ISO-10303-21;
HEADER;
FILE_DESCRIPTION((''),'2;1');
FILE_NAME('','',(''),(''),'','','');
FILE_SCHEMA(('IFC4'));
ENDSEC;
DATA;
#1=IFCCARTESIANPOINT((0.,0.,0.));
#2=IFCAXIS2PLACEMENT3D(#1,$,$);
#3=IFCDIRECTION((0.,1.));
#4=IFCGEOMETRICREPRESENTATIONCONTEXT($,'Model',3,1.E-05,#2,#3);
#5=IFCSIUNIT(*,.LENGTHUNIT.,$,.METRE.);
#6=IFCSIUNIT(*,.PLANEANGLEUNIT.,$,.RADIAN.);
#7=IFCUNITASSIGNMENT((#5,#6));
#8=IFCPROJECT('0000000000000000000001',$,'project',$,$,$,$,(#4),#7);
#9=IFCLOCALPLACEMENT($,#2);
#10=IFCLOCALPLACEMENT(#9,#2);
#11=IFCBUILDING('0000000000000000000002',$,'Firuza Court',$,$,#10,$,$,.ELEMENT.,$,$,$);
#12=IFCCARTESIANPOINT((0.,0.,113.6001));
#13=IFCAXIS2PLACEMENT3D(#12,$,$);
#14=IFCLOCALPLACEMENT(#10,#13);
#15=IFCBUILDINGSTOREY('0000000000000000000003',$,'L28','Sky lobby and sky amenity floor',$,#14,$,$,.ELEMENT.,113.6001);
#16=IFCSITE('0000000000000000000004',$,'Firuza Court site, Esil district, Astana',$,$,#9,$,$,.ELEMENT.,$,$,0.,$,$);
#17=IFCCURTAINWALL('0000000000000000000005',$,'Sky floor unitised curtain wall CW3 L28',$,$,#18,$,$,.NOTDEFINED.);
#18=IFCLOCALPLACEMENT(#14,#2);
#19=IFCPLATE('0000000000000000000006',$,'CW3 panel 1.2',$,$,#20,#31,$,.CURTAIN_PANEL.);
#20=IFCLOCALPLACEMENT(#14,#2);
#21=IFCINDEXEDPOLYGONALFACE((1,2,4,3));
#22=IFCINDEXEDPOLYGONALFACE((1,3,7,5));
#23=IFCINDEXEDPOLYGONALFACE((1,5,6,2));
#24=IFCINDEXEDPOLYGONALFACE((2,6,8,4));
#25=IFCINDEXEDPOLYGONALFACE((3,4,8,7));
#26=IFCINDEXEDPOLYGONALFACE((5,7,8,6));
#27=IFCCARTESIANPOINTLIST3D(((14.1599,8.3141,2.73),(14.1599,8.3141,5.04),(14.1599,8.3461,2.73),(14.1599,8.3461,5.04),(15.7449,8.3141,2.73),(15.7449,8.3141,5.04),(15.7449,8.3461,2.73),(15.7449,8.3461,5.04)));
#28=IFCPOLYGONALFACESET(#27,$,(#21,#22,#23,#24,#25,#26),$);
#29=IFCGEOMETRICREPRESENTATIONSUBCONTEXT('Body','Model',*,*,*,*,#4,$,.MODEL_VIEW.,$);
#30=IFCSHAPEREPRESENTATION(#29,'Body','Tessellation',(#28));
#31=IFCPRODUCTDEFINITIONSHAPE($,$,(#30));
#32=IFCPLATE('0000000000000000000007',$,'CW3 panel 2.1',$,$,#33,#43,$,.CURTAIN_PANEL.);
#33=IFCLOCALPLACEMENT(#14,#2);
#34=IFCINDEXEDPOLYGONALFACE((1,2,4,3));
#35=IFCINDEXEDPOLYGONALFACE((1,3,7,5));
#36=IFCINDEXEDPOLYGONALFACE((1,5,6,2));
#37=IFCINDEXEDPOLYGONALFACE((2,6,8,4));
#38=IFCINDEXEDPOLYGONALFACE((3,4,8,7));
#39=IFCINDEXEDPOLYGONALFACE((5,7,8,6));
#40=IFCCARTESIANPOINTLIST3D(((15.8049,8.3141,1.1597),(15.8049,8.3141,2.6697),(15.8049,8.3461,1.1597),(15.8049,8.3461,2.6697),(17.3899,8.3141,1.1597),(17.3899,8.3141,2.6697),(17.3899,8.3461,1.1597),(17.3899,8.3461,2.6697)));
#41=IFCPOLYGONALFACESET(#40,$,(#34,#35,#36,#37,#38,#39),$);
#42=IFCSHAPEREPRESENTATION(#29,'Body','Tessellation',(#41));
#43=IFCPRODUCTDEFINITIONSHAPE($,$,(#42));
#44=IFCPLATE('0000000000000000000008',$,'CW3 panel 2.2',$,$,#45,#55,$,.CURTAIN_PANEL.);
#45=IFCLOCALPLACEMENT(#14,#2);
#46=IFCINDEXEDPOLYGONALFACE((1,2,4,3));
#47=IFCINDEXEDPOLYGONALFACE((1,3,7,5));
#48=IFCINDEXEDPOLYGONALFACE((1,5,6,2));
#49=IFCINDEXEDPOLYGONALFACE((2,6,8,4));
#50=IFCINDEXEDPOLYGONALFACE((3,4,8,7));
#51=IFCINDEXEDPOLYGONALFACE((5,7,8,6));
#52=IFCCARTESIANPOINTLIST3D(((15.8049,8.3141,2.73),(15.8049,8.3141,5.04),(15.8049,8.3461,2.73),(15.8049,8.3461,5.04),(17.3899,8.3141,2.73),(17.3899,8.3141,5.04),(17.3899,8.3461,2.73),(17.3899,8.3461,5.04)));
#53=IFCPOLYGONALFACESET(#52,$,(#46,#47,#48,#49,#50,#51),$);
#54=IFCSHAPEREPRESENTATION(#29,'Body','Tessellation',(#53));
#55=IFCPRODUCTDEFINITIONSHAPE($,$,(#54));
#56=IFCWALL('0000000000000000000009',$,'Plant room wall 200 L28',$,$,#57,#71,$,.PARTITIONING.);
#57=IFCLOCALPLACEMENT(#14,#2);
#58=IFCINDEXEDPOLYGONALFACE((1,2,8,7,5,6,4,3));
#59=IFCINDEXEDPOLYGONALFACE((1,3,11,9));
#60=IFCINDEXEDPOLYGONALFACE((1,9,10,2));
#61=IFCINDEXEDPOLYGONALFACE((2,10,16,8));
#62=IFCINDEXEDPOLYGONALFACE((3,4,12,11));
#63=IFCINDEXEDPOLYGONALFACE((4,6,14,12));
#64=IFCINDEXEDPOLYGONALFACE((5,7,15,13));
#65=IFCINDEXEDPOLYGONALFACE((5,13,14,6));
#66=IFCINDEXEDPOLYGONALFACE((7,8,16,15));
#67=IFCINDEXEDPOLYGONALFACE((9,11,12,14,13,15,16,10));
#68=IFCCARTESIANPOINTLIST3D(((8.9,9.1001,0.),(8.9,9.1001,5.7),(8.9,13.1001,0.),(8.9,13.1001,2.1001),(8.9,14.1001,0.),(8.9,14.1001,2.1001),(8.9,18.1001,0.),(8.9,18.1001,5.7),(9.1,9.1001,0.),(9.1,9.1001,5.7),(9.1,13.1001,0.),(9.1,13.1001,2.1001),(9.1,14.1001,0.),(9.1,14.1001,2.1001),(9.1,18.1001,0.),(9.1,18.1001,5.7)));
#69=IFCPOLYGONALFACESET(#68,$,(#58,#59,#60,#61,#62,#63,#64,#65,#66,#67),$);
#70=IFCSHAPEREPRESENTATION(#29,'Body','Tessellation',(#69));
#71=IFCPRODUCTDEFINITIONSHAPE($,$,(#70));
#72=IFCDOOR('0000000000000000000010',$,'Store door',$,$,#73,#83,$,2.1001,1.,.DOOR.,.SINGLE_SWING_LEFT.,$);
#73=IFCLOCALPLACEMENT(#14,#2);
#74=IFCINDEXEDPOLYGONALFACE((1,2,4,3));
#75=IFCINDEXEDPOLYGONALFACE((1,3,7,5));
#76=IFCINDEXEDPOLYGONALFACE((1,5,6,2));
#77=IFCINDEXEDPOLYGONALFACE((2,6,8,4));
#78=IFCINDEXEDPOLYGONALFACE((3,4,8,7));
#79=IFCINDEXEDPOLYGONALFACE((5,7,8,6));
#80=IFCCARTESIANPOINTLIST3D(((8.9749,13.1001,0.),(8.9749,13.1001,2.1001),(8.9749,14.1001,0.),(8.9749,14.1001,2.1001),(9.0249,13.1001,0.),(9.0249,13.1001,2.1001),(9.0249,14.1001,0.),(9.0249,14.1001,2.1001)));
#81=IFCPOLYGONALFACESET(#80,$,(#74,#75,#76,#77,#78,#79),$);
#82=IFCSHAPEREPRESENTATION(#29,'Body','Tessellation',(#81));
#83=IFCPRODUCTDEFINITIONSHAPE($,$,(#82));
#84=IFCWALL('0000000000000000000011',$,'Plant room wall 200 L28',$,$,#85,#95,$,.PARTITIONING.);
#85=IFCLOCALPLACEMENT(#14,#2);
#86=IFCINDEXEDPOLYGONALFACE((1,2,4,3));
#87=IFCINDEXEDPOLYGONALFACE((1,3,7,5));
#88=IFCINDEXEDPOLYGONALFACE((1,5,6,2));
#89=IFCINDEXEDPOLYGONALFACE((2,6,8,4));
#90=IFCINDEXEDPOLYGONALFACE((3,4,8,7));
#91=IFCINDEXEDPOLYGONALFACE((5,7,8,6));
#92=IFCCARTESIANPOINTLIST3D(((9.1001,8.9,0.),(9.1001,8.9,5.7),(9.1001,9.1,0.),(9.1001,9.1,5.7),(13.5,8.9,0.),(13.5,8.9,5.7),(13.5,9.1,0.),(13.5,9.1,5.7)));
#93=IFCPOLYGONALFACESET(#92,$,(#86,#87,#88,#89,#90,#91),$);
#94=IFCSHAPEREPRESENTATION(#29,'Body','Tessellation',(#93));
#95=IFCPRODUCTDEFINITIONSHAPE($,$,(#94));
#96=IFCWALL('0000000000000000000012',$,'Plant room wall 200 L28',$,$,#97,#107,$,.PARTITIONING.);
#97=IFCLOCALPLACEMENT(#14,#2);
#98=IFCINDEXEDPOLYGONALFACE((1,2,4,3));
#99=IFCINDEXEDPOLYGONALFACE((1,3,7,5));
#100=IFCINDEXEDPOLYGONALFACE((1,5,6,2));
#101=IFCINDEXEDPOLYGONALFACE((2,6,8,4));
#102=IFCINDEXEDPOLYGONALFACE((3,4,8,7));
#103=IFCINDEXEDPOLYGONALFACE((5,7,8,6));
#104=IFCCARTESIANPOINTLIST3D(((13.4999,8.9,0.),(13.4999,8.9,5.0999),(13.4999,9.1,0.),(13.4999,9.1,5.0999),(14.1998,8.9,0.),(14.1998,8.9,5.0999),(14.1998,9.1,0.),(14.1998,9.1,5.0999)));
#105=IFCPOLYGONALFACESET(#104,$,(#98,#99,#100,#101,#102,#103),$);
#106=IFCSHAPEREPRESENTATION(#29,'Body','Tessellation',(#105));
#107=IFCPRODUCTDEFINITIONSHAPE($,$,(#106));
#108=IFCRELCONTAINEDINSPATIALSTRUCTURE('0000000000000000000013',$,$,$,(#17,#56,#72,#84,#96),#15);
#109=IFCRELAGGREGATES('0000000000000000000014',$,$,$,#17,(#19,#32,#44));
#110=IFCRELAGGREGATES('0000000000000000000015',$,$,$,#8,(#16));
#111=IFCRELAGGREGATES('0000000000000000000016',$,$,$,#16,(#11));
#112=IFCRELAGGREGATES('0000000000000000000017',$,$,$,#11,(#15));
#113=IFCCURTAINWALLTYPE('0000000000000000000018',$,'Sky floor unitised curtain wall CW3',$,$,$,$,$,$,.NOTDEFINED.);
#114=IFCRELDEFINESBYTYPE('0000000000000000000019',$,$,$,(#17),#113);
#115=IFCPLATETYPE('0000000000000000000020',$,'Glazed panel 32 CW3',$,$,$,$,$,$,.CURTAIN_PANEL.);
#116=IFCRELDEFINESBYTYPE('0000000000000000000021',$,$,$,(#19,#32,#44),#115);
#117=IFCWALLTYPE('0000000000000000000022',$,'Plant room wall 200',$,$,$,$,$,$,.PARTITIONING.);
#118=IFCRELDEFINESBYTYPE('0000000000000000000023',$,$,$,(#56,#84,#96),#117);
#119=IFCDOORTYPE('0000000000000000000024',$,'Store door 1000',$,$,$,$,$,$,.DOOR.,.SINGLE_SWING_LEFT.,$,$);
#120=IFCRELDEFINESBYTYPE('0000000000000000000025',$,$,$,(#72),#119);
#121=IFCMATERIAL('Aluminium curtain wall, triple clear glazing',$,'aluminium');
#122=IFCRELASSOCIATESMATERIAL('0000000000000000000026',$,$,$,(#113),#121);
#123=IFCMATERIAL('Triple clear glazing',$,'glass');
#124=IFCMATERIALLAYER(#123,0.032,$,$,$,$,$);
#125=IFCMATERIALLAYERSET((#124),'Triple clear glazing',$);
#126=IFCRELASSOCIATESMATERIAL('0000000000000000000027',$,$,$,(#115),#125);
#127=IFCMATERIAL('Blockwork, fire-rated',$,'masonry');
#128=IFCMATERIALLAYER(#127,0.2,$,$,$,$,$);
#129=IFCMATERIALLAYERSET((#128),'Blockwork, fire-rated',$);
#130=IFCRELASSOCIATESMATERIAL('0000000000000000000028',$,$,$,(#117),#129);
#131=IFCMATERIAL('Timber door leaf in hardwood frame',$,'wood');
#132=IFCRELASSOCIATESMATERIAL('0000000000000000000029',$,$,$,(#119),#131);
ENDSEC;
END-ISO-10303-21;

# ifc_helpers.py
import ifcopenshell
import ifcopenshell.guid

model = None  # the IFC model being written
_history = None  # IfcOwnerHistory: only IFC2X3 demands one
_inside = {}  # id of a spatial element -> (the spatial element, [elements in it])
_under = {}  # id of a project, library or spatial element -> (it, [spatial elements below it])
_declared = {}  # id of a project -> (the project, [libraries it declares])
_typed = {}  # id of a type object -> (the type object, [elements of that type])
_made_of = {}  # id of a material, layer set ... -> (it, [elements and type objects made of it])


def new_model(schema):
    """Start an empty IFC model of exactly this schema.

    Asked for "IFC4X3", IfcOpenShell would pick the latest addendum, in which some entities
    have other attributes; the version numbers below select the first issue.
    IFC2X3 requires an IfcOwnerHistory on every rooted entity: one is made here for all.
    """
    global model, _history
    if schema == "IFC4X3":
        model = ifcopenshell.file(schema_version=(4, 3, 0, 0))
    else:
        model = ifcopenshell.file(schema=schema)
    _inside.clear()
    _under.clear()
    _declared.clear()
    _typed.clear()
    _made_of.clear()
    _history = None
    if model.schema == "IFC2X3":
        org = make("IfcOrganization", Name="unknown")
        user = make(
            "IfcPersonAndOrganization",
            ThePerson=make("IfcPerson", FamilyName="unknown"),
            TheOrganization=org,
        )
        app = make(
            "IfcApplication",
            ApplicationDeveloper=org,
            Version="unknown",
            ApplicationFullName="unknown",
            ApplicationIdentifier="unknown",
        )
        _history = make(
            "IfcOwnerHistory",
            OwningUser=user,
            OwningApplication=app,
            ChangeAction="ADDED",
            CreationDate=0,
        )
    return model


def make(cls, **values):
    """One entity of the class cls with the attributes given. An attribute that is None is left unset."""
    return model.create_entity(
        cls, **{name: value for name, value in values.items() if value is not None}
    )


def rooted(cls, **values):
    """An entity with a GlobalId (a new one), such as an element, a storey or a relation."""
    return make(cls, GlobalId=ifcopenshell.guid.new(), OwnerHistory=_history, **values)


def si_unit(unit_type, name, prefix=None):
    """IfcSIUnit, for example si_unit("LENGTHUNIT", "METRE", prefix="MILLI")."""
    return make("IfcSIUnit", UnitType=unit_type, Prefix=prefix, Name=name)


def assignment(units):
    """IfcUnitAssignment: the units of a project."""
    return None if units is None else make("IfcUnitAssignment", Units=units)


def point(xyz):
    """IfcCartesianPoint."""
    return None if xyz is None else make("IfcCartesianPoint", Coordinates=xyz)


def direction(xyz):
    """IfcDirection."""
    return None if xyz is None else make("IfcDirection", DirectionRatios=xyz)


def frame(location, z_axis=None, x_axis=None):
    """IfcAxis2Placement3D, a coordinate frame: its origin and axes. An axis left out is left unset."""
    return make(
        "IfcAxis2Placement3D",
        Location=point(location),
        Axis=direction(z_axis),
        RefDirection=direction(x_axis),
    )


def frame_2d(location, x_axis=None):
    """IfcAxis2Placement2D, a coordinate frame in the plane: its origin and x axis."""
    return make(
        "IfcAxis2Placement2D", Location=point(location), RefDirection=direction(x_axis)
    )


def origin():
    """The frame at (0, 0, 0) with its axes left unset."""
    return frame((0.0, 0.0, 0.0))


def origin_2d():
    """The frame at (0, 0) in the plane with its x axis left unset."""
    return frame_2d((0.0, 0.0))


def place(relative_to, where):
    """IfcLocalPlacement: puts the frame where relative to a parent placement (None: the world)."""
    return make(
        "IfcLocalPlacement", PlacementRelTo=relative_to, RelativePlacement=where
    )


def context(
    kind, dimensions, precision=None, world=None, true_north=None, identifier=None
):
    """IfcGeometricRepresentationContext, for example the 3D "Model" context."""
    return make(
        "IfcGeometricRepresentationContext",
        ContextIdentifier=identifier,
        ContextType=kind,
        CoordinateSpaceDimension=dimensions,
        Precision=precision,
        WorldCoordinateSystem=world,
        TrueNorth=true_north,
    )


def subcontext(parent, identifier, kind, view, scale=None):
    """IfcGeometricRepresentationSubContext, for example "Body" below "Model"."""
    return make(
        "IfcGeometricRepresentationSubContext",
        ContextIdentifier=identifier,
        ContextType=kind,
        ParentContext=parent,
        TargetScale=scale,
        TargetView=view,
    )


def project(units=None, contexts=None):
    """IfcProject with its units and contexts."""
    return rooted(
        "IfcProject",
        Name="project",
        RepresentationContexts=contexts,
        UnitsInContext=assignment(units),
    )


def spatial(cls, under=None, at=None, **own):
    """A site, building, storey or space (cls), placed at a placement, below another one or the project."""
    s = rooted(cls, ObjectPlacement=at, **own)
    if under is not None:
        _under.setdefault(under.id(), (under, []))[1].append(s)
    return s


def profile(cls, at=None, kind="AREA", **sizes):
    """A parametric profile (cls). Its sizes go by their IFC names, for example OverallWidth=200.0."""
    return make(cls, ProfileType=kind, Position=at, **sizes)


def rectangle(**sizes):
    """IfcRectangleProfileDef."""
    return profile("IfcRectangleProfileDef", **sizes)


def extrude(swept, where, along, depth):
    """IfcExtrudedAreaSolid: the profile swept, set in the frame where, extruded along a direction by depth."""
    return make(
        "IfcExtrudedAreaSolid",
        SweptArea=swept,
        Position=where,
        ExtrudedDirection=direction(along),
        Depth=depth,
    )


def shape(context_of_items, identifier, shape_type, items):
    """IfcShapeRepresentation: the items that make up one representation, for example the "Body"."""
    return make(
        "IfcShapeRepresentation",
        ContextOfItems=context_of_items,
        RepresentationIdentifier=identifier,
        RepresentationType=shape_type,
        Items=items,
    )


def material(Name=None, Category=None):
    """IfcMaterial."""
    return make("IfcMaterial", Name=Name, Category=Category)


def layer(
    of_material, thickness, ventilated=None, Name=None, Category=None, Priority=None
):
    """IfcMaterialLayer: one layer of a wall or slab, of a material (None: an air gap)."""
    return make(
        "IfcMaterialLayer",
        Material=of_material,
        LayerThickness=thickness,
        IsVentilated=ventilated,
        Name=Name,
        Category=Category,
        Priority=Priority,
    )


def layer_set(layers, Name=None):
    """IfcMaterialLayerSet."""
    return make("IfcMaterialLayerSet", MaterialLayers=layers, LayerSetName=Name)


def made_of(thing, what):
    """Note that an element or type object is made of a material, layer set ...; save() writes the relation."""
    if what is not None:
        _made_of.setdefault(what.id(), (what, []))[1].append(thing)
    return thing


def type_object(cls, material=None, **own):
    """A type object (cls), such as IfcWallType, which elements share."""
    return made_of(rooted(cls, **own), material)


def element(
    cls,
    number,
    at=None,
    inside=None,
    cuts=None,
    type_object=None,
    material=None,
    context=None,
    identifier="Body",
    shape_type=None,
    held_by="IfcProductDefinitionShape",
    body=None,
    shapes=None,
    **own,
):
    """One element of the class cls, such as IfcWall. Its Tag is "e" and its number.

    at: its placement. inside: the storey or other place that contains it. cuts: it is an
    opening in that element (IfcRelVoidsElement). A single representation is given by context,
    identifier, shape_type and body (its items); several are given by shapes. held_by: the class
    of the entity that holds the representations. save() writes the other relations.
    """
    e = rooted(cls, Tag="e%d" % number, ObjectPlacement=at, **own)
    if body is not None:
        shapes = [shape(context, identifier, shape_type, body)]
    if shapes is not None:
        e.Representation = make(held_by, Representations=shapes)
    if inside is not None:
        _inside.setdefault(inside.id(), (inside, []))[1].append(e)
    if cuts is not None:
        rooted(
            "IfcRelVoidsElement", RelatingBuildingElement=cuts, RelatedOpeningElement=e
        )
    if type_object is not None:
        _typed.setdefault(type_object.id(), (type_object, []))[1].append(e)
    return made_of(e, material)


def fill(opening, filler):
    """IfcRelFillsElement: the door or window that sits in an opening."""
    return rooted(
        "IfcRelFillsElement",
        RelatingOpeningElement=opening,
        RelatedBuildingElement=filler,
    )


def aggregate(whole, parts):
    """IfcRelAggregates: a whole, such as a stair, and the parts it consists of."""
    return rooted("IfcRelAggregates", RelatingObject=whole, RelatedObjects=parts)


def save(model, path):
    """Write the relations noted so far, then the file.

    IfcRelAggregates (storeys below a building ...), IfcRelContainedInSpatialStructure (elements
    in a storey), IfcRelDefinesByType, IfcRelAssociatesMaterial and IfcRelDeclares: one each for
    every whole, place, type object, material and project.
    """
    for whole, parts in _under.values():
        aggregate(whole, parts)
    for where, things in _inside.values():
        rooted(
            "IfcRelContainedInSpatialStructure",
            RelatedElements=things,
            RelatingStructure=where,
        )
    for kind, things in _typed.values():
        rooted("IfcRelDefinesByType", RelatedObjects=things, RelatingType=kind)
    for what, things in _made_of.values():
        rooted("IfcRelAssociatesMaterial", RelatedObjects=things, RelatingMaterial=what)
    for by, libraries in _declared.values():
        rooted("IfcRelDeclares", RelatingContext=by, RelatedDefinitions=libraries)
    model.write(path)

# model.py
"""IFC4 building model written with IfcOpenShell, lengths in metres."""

from ifc_helpers import new_model, si_unit, direction, frame, frame_2d, origin, origin_2d, place, context, subcontext, project, spatial, rectangle, extrude, material, layer, layer_set, type_object, element, fill, aggregate, save


model = new_model("IFC4")

# Units and contexts
model_context = context("Model", 3, precision=1e-05, world=origin(), true_north=direction((0.0, 1.0)))
body_context = subcontext(model_context, "Body", "Model", "MODEL_VIEW")
ifc_project = project(units=[si_unit("LENGTHUNIT", "METRE"), si_unit("PLANEANGLEUNIT", "RADIAN")], contexts=[model_context])

# Site, building, storey
site_placement = place(None, origin())
site = spatial("IfcSite", under=ifc_project, at=site_placement, Name="Firuza Court site, Esil district, Astana", CompositionType="ELEMENT", RefElevation=0.0)
building_placement = place(site_placement, origin())
building = spatial("IfcBuilding", under=site, at=building_placement, Name="Firuza Court", CompositionType="ELEMENT")
storey_placement = place(building_placement, frame((0.0, 0.0, 113.6001)))
storey = spatial("IfcBuildingStorey", under=building, at=storey_placement, Name="L28", Description="Sky lobby and sky amenity floor", CompositionType="ELEMENT", Elevation=113.6001)

# Curtain wall
ifc_material_1 = material(Name="Aluminium curtain wall, triple clear glazing", Category="aluminium")
curtain_wall_type = type_object("IfcCurtainWallType", Name="Sky floor unitised curtain wall CW3", PredefinedType="NOTDEFINED", material=ifc_material_1)
curtain_wall_1_placement = place(storey_placement, origin())
curtain_wall_1 = element("IfcCurtainWall", 1, at=curtain_wall_1_placement, inside=storey, type_object=curtain_wall_type, Name="Sky floor unitised curtain wall CW3 L28", PredefinedType="NOTDEFINED")

# Plates
ifc_material_2 = material(Name="Triple clear glazing", Category="glass")
ifc_layer_1 = layer(ifc_material_2, 0.032)
ifc_layer_set_1 = layer_set([ifc_layer_1], Name="Triple clear glazing")
plate_type = type_object("IfcPlateType", Name="Glazed panel 32 CW3", PredefinedType="CURTAIN_PANEL", material=ifc_layer_set_1)
plate_1_placement = place(storey_placement, frame((14.9524, 8.3301, 2.73), z_axis=(0.0, 0.0, 1.0), x_axis=(1.0, 0.0, 0.0)))
plate_1 = element("IfcPlate", 2, at=plate_1_placement, type_object=plate_type, Name="CW3 panel 1.2", PredefinedType="CURTAIN_PANEL", context=body_context, shape_type="SweptSolid", body=[
    extrude(rectangle(XDim=1.585, YDim=0.032, at=origin_2d()), origin(), (0.0, 0.0, 1.0), 2.3101),
])
plate_2_placement = place(storey_placement, frame((16.5974, 8.3301, 1.1597), z_axis=(0.0, 0.0, 1.0), x_axis=(1.0, 0.0, 0.0)))
plate_2 = element("IfcPlate", 3, at=plate_2_placement, type_object=plate_type, Name="CW3 panel 2.1", PredefinedType="CURTAIN_PANEL", context=body_context, shape_type="SweptSolid", body=[
    extrude(rectangle(XDim=1.585, YDim=0.032, at=origin_2d()), origin(), (0.0, 0.0, 1.0), 1.51),
])
plate_3_placement = place(storey_placement, frame((16.5974, 8.3301, 2.73), z_axis=(0.0, 0.0, 1.0), x_axis=(1.0, 0.0, 0.0)))
plate_3 = element("IfcPlate", 4, at=plate_3_placement, type_object=plate_type, Name="CW3 panel 2.2", PredefinedType="CURTAIN_PANEL", context=body_context, shape_type="SweptSolid", body=[
    extrude(rectangle(XDim=1.585, YDim=0.032, at=origin_2d()), origin(), (0.0, 0.0, 1.0), 2.3101),
])
aggregate(curtain_wall_1, [plate_1, plate_2, plate_3])

# Wall, opening, door
ifc_material_3 = material(Name="Blockwork, fire-rated", Category="masonry")
ifc_layer_2 = layer(ifc_material_3, 0.2)
ifc_layer_set_2 = layer_set([ifc_layer_2], Name="Blockwork, fire-rated")
wall_type = type_object("IfcWallType", Name="Plant room wall 200", PredefinedType="PARTITIONING", material=ifc_layer_set_2)
wall_1_placement = place(storey_placement, frame((9.0, 9.1001, 0.0), z_axis=(0.0, 0.0, 1.0), x_axis=(0.0, 1.0, 0.0)))
wall_1 = element("IfcWall", 5, at=wall_1_placement, inside=storey, type_object=wall_type, Name="Plant room wall 200 L28", PredefinedType="PARTITIONING", context=body_context, shape_type="SweptSolid", body=[
    extrude(rectangle(XDim=9.0, YDim=0.2, at=frame_2d((4.5, 0.0))), origin(), (0.0, 0.0, 1.0), 5.7),
])
opening_placement = place(wall_1_placement, frame((4.0, 0.0, 0.0)))
opening = element("IfcOpeningElement", 6, at=opening_placement, cuts=wall_1, PredefinedType="OPENING", context=body_context, shape_type="SweptSolid", body=[
    extrude(rectangle(XDim=1.0, YDim=2.1001, at=frame_2d((0.5, 1.05))), frame((0.0, 0.1118, 0.0), z_axis=(0.0, -1.0, 0.0), x_axis=(1.0, 0.0, 0.0)), (0.0, 0.0, 1.0), 0.2239),
])
ifc_material_4 = material(Name="Timber door leaf in hardwood frame", Category="wood")
door_type = type_object("IfcDoorType", Name="Store door 1000", OperationType="SINGLE_SWING_LEFT", PredefinedType="DOOR", material=ifc_material_4)
door_placement = place(opening_placement, frame((1.0, 0.0, 0.0), z_axis=(0.0, 0.0, 1.0), x_axis=(-1.0, 0.0, 0.0)))
door = element("IfcDoor", 7, at=door_placement, inside=storey, type_object=door_type, Name="Store door", OperationType="SINGLE_SWING_LEFT", OverallHeight=2.1001, OverallWidth=1.0, PredefinedType="DOOR", context=body_context, shape_type="SweptSolid", body=[
    extrude(rectangle(XDim=1.0, YDim=2.1001, at=frame_2d((0.5, 1.05))), frame((0.0, 0.0249, 0.0), z_axis=(0.0, -1.0, 0.0), x_axis=(1.0, 0.0, 0.0)), (0.0, 0.0, 1.0), 0.05),
])
fill(opening, door)

# Walls
wall_2_placement = place(storey_placement, frame((13.5, 9.0, 0.0), z_axis=(0.0, 0.0, 1.0), x_axis=(-1.0, 0.0, 0.0)))
element("IfcWall", 8, at=wall_2_placement, inside=storey, type_object=wall_type, Name="Plant room wall 200 L28", PredefinedType="PARTITIONING", context=body_context, shape_type="SweptSolid", body=[
    extrude(rectangle(XDim=4.3999, YDim=0.2, at=frame_2d((2.2, 0.0))), origin(), (0.0, 0.0, 1.0), 5.7),
])
wall_3_placement = place(storey_placement, frame((14.2, 9.0, 0.0), z_axis=(0.0, 0.0, 1.0), x_axis=(-1.0, 0.0, 0.0)))
element("IfcWall", 9, at=wall_3_placement, inside=storey, type_object=wall_type, Name="Plant room wall 200 L28", PredefinedType="PARTITIONING", context=body_context, shape_type="SweptSolid", body=[
    extrude(rectangle(XDim=0.7, YDim=0.2, at=frame_2d((0.3501, 0.0))), origin(), (0.0, 0.0, 1.0), 5.0999),
])

save(model, "model.ifc")
